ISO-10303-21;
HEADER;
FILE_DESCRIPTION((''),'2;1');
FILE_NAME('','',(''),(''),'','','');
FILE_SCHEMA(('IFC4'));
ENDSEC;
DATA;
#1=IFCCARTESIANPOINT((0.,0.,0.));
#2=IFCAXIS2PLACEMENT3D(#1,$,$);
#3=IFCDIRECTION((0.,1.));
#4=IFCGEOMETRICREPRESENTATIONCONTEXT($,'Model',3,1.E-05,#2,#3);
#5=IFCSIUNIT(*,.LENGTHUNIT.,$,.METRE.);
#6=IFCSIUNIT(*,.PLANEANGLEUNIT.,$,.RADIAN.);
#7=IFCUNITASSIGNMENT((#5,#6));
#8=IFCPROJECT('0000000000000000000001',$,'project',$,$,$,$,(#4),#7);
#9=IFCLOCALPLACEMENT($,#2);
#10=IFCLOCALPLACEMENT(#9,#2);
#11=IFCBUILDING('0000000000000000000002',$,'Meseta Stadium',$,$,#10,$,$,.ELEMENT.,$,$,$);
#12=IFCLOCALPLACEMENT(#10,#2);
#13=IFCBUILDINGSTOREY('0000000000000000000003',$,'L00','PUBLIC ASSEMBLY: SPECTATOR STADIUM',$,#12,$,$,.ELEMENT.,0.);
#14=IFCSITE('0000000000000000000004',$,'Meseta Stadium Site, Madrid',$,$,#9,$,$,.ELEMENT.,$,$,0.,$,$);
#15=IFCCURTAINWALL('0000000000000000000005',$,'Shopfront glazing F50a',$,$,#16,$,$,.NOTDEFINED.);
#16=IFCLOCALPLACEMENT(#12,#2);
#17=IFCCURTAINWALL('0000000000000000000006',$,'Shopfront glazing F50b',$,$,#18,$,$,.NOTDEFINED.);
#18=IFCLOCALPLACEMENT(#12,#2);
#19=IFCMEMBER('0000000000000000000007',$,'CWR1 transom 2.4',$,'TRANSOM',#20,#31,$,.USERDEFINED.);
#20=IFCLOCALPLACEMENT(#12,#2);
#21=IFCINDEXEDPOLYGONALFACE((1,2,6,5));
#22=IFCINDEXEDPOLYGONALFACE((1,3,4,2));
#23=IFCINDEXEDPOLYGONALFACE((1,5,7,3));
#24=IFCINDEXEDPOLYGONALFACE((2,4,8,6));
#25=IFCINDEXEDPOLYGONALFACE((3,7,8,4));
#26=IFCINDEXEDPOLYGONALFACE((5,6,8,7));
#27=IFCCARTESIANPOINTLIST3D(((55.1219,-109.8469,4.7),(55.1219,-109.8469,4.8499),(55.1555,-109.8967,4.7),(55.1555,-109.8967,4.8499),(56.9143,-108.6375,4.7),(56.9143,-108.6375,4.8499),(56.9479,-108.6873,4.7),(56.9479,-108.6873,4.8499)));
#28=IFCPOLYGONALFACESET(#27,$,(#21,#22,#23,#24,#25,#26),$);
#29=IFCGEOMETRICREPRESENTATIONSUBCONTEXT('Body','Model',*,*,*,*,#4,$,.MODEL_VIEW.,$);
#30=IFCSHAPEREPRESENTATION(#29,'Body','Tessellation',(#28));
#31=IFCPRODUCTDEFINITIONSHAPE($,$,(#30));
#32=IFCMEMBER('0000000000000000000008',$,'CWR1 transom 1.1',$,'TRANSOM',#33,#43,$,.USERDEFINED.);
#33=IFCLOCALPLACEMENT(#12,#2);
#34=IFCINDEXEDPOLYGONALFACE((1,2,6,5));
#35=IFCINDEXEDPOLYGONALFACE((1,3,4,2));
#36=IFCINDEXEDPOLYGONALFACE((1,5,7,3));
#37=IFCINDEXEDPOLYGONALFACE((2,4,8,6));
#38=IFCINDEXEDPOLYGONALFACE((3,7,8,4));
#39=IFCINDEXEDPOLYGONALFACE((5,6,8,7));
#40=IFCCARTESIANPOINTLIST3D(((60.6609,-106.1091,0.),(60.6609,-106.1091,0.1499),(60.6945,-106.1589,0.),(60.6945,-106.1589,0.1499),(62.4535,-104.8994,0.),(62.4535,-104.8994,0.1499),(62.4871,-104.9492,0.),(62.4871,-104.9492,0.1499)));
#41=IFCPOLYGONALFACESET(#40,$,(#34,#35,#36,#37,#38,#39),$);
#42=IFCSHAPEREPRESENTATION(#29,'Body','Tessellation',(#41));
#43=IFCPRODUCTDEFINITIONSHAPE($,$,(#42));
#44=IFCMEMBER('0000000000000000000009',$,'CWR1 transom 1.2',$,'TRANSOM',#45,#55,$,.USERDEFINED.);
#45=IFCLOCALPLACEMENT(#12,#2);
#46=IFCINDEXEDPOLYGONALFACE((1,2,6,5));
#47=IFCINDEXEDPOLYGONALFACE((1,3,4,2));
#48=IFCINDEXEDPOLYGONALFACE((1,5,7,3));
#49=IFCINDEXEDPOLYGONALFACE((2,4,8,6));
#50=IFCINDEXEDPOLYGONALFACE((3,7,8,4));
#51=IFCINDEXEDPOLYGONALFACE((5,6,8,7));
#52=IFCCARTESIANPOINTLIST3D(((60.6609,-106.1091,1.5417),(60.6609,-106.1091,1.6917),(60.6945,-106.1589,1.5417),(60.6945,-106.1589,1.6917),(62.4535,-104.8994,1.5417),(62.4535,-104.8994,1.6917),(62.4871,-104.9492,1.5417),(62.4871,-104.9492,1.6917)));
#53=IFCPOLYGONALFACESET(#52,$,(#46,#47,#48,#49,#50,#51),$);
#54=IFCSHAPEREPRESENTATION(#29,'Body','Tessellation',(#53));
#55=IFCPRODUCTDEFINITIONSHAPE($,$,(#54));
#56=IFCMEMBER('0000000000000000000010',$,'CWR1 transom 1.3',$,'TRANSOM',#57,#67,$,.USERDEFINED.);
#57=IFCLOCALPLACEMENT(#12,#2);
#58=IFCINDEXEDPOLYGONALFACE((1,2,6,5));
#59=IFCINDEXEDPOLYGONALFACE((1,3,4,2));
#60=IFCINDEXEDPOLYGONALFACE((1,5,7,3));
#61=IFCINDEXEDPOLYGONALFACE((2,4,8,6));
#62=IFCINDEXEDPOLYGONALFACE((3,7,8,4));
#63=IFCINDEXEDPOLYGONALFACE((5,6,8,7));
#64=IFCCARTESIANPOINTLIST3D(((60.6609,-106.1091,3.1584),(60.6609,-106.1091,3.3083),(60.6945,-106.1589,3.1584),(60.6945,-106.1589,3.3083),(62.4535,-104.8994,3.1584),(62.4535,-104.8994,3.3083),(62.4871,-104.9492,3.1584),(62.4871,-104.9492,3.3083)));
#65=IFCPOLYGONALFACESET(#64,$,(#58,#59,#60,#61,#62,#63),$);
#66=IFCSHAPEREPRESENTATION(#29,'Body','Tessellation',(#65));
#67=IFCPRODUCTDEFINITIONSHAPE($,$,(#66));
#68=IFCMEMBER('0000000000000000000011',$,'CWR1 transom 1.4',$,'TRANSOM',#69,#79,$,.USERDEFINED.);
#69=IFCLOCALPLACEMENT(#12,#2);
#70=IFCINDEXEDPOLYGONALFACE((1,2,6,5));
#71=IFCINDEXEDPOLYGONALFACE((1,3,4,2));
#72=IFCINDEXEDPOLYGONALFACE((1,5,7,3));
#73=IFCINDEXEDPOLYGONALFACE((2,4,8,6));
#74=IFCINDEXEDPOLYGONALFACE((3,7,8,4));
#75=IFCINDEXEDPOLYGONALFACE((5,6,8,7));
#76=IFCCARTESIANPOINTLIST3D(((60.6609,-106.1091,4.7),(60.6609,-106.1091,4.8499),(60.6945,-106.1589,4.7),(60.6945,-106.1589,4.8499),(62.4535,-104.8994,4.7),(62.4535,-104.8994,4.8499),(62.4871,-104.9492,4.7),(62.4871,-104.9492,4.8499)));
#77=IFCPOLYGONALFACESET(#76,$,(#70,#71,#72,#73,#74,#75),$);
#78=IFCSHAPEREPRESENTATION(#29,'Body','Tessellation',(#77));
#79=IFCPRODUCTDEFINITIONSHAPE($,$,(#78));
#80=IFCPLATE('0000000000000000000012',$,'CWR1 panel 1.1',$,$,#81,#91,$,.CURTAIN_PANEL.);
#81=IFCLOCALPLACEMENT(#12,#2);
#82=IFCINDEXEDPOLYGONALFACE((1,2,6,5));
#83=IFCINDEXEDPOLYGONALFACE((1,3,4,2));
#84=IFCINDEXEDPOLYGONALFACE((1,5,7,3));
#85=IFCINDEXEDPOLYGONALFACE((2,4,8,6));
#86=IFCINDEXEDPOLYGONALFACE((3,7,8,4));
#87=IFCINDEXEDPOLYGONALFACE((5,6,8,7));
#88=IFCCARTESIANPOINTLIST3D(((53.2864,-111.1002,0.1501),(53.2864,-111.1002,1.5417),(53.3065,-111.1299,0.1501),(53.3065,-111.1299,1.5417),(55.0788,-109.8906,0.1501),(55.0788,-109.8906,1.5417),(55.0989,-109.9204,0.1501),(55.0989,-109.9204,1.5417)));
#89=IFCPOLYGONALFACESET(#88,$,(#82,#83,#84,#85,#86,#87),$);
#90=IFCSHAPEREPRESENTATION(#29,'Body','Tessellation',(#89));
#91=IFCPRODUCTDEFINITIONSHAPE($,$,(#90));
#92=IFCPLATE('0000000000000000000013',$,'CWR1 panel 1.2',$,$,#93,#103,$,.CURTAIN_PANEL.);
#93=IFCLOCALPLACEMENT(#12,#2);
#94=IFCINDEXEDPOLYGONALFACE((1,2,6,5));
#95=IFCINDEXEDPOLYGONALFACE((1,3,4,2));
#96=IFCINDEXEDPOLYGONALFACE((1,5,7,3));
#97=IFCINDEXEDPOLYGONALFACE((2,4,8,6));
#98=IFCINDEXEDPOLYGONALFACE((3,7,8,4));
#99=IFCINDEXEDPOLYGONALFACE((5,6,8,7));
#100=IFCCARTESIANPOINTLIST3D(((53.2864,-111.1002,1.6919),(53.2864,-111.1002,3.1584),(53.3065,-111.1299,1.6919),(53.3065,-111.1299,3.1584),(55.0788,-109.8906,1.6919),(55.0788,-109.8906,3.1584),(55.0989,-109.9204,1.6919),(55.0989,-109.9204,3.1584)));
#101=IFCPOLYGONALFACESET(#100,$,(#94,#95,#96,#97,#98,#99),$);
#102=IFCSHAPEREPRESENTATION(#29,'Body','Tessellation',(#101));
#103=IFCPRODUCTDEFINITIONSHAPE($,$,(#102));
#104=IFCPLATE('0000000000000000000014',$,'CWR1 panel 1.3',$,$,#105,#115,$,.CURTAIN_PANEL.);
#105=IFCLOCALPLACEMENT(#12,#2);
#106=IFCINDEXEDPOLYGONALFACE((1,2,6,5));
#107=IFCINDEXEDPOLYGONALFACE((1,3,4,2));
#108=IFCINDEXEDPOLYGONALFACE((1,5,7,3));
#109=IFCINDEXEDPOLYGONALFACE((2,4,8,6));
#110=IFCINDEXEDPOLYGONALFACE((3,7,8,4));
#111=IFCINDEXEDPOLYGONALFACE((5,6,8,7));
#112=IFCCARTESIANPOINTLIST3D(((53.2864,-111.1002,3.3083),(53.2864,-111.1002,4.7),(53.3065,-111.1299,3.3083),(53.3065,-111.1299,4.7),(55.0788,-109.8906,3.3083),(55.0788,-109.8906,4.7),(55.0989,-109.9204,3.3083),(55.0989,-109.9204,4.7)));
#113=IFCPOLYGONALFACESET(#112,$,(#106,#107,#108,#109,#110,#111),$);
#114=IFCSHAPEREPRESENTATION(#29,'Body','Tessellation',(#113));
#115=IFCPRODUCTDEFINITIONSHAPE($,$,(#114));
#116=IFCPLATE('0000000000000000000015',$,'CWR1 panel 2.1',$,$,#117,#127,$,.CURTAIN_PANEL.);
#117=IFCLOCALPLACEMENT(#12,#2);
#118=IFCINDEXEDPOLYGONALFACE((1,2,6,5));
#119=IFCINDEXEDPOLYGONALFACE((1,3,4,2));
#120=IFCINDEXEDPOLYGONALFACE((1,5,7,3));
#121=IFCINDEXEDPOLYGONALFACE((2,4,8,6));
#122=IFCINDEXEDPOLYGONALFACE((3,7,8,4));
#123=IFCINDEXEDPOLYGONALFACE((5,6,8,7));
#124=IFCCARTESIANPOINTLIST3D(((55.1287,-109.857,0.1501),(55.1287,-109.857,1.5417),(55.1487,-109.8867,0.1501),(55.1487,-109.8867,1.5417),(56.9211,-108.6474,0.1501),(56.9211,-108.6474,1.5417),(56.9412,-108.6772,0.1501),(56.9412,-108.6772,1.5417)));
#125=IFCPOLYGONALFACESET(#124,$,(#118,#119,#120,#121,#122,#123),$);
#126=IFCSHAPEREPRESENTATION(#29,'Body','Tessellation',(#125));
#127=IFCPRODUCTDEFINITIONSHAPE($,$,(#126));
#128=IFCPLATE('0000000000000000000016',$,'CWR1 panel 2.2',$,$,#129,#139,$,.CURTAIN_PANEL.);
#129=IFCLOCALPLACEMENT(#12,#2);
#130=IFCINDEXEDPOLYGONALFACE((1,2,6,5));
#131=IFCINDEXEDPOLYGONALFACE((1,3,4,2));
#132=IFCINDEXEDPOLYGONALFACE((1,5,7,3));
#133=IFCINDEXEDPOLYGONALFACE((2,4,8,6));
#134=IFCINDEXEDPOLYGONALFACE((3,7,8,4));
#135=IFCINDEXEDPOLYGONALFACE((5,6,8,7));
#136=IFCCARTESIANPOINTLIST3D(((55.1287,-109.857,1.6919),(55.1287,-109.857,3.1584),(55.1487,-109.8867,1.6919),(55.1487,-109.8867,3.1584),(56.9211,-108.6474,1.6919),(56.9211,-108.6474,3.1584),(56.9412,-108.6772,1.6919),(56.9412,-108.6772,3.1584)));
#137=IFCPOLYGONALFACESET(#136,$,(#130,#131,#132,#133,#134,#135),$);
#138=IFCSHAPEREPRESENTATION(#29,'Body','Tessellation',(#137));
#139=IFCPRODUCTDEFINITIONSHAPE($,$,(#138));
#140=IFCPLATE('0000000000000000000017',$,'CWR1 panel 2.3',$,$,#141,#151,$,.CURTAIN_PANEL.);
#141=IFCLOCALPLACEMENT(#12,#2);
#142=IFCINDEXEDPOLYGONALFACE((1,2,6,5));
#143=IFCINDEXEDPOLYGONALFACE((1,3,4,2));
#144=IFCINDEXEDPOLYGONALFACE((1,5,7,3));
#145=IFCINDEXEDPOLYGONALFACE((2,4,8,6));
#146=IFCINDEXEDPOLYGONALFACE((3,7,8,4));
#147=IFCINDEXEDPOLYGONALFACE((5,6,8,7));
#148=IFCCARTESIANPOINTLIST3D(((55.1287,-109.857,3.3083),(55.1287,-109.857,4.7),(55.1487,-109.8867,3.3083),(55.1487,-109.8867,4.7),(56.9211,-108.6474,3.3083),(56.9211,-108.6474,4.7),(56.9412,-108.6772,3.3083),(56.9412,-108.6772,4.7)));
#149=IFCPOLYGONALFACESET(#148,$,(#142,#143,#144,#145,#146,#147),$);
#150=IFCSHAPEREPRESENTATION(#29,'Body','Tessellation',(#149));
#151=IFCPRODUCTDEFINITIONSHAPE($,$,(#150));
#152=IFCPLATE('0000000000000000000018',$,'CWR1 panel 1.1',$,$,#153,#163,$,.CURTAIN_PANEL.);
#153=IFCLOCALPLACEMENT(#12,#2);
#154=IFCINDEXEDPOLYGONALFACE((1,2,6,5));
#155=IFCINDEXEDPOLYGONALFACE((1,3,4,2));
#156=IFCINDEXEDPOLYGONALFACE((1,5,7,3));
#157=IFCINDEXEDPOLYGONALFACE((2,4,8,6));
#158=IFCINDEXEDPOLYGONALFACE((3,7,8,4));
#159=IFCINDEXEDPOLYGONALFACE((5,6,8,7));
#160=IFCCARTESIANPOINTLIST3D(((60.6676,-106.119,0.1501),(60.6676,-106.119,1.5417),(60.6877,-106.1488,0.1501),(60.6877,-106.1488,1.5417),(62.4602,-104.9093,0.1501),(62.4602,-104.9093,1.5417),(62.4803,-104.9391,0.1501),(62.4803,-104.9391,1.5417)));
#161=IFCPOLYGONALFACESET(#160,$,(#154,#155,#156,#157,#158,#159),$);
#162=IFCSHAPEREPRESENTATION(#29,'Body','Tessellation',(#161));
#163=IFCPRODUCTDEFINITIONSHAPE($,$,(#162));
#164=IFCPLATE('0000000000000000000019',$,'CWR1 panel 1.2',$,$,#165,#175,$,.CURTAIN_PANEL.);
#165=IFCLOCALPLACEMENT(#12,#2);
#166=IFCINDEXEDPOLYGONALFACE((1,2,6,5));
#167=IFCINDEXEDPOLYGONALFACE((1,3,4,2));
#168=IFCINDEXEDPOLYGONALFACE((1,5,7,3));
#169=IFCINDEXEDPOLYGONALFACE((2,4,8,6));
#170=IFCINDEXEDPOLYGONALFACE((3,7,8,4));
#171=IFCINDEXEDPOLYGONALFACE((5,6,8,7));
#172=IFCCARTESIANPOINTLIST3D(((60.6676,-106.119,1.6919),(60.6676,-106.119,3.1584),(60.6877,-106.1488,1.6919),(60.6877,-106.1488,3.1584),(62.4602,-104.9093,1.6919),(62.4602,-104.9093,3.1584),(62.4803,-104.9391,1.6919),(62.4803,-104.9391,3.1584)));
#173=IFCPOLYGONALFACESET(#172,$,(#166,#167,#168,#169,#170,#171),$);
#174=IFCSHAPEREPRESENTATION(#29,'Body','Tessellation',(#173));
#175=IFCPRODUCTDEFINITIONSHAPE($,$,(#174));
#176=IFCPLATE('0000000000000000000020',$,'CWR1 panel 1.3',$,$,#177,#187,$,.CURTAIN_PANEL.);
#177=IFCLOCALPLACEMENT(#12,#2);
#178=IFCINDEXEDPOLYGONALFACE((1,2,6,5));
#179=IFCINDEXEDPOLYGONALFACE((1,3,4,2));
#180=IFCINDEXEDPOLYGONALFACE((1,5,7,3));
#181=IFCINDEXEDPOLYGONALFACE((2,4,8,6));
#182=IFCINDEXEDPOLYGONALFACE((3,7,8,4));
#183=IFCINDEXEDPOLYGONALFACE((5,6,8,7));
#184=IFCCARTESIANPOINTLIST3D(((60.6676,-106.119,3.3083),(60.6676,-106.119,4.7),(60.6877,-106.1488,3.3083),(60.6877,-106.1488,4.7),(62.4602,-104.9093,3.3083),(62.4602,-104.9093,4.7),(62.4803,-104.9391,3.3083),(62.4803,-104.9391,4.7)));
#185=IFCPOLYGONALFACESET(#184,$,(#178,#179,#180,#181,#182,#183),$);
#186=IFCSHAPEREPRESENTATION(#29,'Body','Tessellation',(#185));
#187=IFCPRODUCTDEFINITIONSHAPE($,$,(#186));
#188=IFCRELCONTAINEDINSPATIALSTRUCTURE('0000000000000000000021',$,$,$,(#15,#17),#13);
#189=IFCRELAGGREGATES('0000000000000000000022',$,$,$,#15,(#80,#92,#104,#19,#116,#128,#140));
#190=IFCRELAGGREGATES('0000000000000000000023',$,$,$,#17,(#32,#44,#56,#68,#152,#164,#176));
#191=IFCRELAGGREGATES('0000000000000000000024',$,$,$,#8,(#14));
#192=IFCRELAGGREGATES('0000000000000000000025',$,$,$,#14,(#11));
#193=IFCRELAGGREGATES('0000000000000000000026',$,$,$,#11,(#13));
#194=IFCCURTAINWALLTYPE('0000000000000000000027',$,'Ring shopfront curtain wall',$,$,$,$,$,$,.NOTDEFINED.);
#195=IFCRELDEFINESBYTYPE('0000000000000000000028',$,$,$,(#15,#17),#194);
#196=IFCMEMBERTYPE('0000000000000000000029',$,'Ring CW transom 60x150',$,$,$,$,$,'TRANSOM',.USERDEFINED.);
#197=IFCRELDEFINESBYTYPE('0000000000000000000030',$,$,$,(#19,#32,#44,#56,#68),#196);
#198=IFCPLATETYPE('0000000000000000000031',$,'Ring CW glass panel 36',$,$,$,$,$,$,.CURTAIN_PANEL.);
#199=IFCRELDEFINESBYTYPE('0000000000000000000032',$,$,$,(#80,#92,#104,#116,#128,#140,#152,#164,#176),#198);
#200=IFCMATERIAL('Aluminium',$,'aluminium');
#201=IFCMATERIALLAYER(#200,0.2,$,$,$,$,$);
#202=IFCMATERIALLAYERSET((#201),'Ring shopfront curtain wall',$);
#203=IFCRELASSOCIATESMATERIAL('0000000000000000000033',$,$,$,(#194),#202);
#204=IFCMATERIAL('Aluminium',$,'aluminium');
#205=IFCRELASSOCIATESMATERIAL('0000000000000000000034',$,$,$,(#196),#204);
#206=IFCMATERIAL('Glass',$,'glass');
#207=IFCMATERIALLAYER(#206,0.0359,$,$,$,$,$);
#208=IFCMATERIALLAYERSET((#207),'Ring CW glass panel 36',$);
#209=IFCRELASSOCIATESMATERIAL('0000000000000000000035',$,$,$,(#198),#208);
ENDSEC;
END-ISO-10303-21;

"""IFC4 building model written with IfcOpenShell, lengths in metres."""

from ifc_helpers import new_model, si_unit, direction, frame, origin, origin_2d, place, context, subcontext, project, spatial, rectangle, extrude, material, layer, layer_set, material_profile, profile_set, type_object, element, aggregate, save


model = new_model("IFC4")

# Units and contexts
model_context = context("Model", 3, precision=1e-05, world=origin(), true_north=direction((0.0, 1.0)))
body_context = subcontext(model_context, "Body", "Model", "MODEL_VIEW")
ifc_project = project(units=[si_unit("LENGTHUNIT", "METRE"), si_unit("PLANEANGLEUNIT", "RADIAN")], contexts=[model_context])

# Site, building, storey
site_placement = place(None, origin())
site = spatial("IfcSite", under=ifc_project, at=site_placement, Name="Meseta Stadium Site, Madrid", CompositionType="ELEMENT", RefElevation=0.0)
building_placement = place(site_placement, origin())
building = spatial("IfcBuilding", under=site, at=building_placement, Name="Meseta Stadium", CompositionType="ELEMENT")
storey_placement = place(building_placement, origin())
storey = spatial("IfcBuildingStorey", under=building, at=storey_placement, Name="L00", Description="PUBLIC ASSEMBLY: SPECTATOR STADIUM", CompositionType="ELEMENT", Elevation=0.0)

# Curtain wall
ifc_material_1 = material(Name="Aluminium", Category="aluminium")
ifc_layer_1 = layer(ifc_material_1, 0.2)
ifc_layer_set_1 = layer_set([ifc_layer_1], Name="Ring shopfront curtain wall")
curtain_wall_type = type_object("IfcCurtainWallType", Name="Ring shopfront curtain wall", PredefinedType="NOTDEFINED", material=ifc_layer_set_1)
curtain_wall_1_placement = place(storey_placement, origin())
curtain_wall_1 = element("IfcCurtainWall", 1, at=curtain_wall_1_placement, inside=storey, type_object=curtain_wall_type, Name="Shopfront glazing F50a", PredefinedType="NOTDEFINED")

# Curtain wall
curtain_wall_2_placement = place(storey_placement, origin())
curtain_wall_2 = element("IfcCurtainWall", 2, at=curtain_wall_2_placement, inside=storey, type_object=curtain_wall_type, Name="Shopfront glazing F50b", PredefinedType="NOTDEFINED")

# Members
ifc_material_2 = material(Name="Aluminium", Category="aluminium")
ifc_material_profile_1 = material_profile(ifc_material_2, rectangle(XDim=0.0601, YDim=0.1499, at=origin_2d()), Name="CW 60x150")
ifc_profile_set_1 = profile_set([ifc_material_profile_1], Name="Aluminium")
member_type_1 = type_object("IfcMemberType", Name="Ring CW transom 60x150", ElementType="TRANSOM", PredefinedType="USERDEFINED", material=ifc_profile_set_1)
member_1_placement = place(storey_placement, frame((55.1387, -109.8718, 4.7749), z_axis=(0.828946, 0.559329, 0.0), x_axis=(-0.559329, 0.828946, 0.0)))
member_1 = element("IfcMember", 3, at=member_1_placement, type_object=member_type_1, Name="CWR1 transom 2.4", ObjectType="TRANSOM", PredefinedType="USERDEFINED", context=body_context, shape_type="SweptSolid", body=[
    extrude(rectangle(XDim=0.0601, YDim=0.1499, at=origin_2d()), origin(), (0.0, 0.0, 1.0), 2.1624),
])
member_2_placement = place(storey_placement, frame((60.6777, -106.134, 0.075), z_axis=(0.828893, 0.559407, 0.0), x_axis=(-0.559407, 0.828893, 0.0)))
member_2 = element("IfcMember", 4, at=member_2_placement, type_object=member_type_1, Name="CWR1 transom 1.1", ObjectType="TRANSOM", PredefinedType="USERDEFINED", context=body_context, shape_type="SweptSolid", body=[
    extrude(rectangle(XDim=0.0601, YDim=0.1499, at=origin_2d()), origin(), (0.0, 0.0, 1.0), 2.1626),
])
member_3_placement = place(storey_placement, frame((60.6777, -106.134, 1.6167), z_axis=(0.828893, 0.559407, 0.0), x_axis=(-0.559407, 0.828893, 0.0)))
member_3 = element("IfcMember", 5, at=member_3_placement, type_object=member_type_1, Name="CWR1 transom 1.2", ObjectType="TRANSOM", PredefinedType="USERDEFINED", context=body_context, shape_type="SweptSolid", body=[
    extrude(rectangle(XDim=0.0601, YDim=0.1499, at=origin_2d()), origin(), (0.0, 0.0, 1.0), 2.1626),
])
member_4_placement = place(storey_placement, frame((60.6777, -106.134, 3.2334), z_axis=(0.828893, 0.559407, 0.0), x_axis=(-0.559407, 0.828893, 0.0)))
member_4 = element("IfcMember", 6, at=member_4_placement, type_object=member_type_1, Name="CWR1 transom 1.3", ObjectType="TRANSOM", PredefinedType="USERDEFINED", context=body_context, shape_type="SweptSolid", body=[
    extrude(rectangle(XDim=0.0601, YDim=0.1499, at=origin_2d()), origin(), (0.0, 0.0, 1.0), 2.1626),
])
member_5_placement = place(storey_placement, frame((60.6777, -106.134, 4.7749), z_axis=(0.828893, 0.559407, 0.0), x_axis=(-0.559407, 0.828893, 0.0)))
member_5 = element("IfcMember", 7, at=member_5_placement, type_object=member_type_1, Name="CWR1 transom 1.4", ObjectType="TRANSOM", PredefinedType="USERDEFINED", context=body_context, shape_type="SweptSolid", body=[
    extrude(rectangle(XDim=0.0601, YDim=0.1499, at=origin_2d()), origin(), (0.0, 0.0, 1.0), 2.1626),
])

# Plates
ifc_material_3 = material(Name="Glass", Category="glass")
ifc_layer_2 = layer(ifc_material_3, 0.0359)
ifc_layer_set_2 = layer_set([ifc_layer_2], Name="Ring CW glass panel 36")
plate_type = type_object("IfcPlateType", Name="Ring CW glass panel 36", PredefinedType="CURTAIN_PANEL", material=ifc_layer_set_2)
plate_1_placement = place(storey_placement, frame((54.1926, -110.5103, 0.1501), z_axis=(0.0, 0.0, 1.0), x_axis=(0.828919, 0.559368, 0.0)))
plate_1 = element("IfcPlate", 8, at=plate_1_placement, type_object=plate_type, Name="CWR1 panel 1.1", PredefinedType="CURTAIN_PANEL", context=body_context, shape_type="SweptSolid", body=[
    extrude(rectangle(XDim=2.1624, YDim=0.0359, at=origin_2d()), origin(), (0.0, 0.0, 1.0), 1.3916),
])
plate_2_placement = place(storey_placement, frame((54.1926, -110.5103, 1.6919), z_axis=(0.0, 0.0, 1.0), x_axis=(0.828919, 0.559368, 0.0)))
plate_2 = element("IfcPlate", 9, at=plate_2_placement, type_object=plate_type, Name="CWR1 panel 1.2", PredefinedType="CURTAIN_PANEL", context=body_context, shape_type="SweptSolid", body=[
    extrude(rectangle(XDim=2.1624, YDim=0.0359, at=origin_2d()), origin(), (0.0, 0.0, 1.0), 1.4666),
])
plate_3_placement = place(storey_placement, frame((54.1926, -110.5103, 3.3083), z_axis=(0.0, 0.0, 1.0), x_axis=(0.828919, 0.559368, 0.0)))
plate_3 = element("IfcPlate", 10, at=plate_3_placement, type_object=plate_type, Name="CWR1 panel 1.3", PredefinedType="CURTAIN_PANEL", context=body_context, shape_type="SweptSolid", body=[
    extrude(rectangle(XDim=2.1624, YDim=0.0359, at=origin_2d()), origin(), (0.0, 0.0, 1.0), 1.3916),
])
plate_4_placement = place(storey_placement, frame((56.0349, -109.2671, 0.1501), z_axis=(0.0, 0.0, 1.0), x_axis=(0.828919, 0.559368, 0.0)))
plate_4 = element("IfcPlate", 11, at=plate_4_placement, type_object=plate_type, Name="CWR1 panel 2.1", PredefinedType="CURTAIN_PANEL", context=body_context, shape_type="SweptSolid", body=[
    extrude(rectangle(XDim=2.1624, YDim=0.0359, at=origin_2d()), origin(), (0.0, 0.0, 1.0), 1.3916),
])
plate_5_placement = place(storey_placement, frame((56.0349, -109.2671, 1.6919), z_axis=(0.0, 0.0, 1.0), x_axis=(0.828919, 0.559368, 0.0)))
plate_5 = element("IfcPlate", 12, at=plate_5_placement, type_object=plate_type, Name="CWR1 panel 2.2", PredefinedType="CURTAIN_PANEL", context=body_context, shape_type="SweptSolid", body=[
    extrude(rectangle(XDim=2.1624, YDim=0.0359, at=origin_2d()), origin(), (0.0, 0.0, 1.0), 1.4666),
])
plate_6_placement = place(storey_placement, frame((56.0349, -109.2671, 3.3083), z_axis=(0.0, 0.0, 1.0), x_axis=(0.828919, 0.559368, 0.0)))
plate_6 = element("IfcPlate", 13, at=plate_6_placement, type_object=plate_type, Name="CWR1 panel 2.3", PredefinedType="CURTAIN_PANEL", context=body_context, shape_type="SweptSolid", body=[
    extrude(rectangle(XDim=2.1624, YDim=0.0359, at=origin_2d()), origin(), (0.0, 0.0, 1.0), 1.3916),
])
aggregate(curtain_wall_1, [plate_1, plate_2, plate_3, member_1, plate_4, plate_5, plate_6])
plate_7_placement = place(storey_placement, frame((61.574, -105.5291, 0.1501), z_axis=(0.0, 0.0, 1.0), x_axis=(0.828909, 0.559384, 0.0)))
plate_7 = element("IfcPlate", 14, at=plate_7_placement, type_object=plate_type, Name="CWR1 panel 1.1", PredefinedType="CURTAIN_PANEL", context=body_context, shape_type="SweptSolid", body=[
    extrude(rectangle(XDim=2.1626, YDim=0.0359, at=origin_2d()), origin(), (0.0, 0.0, 1.0), 1.3916),
])
plate_8_placement = place(storey_placement, frame((61.574, -105.5291, 1.6919), z_axis=(0.0, 0.0, 1.0), x_axis=(0.828909, 0.559384, 0.0)))
plate_8 = element("IfcPlate", 15, at=plate_8_placement, type_object=plate_type, Name="CWR1 panel 1.2", PredefinedType="CURTAIN_PANEL", context=body_context, shape_type="SweptSolid", body=[
    extrude(rectangle(XDim=2.1626, YDim=0.0359, at=origin_2d()), origin(), (0.0, 0.0, 1.0), 1.4666),
])
plate_9_placement = place(storey_placement, frame((61.574, -105.5291, 3.3083), z_axis=(0.0, 0.0, 1.0), x_axis=(0.828909, 0.559384, 0.0)))
plate_9 = element("IfcPlate", 16, at=plate_9_placement, type_object=plate_type, Name="CWR1 panel 1.3", PredefinedType="CURTAIN_PANEL", context=body_context, shape_type="SweptSolid", body=[
    extrude(rectangle(XDim=2.1626, YDim=0.0359, at=origin_2d()), origin(), (0.0, 0.0, 1.0), 1.3916),
])
aggregate(curtain_wall_2, [member_2, member_3, member_4, member_5, plate_7, plate_8, plate_9])

save(model, "model.ifc")
